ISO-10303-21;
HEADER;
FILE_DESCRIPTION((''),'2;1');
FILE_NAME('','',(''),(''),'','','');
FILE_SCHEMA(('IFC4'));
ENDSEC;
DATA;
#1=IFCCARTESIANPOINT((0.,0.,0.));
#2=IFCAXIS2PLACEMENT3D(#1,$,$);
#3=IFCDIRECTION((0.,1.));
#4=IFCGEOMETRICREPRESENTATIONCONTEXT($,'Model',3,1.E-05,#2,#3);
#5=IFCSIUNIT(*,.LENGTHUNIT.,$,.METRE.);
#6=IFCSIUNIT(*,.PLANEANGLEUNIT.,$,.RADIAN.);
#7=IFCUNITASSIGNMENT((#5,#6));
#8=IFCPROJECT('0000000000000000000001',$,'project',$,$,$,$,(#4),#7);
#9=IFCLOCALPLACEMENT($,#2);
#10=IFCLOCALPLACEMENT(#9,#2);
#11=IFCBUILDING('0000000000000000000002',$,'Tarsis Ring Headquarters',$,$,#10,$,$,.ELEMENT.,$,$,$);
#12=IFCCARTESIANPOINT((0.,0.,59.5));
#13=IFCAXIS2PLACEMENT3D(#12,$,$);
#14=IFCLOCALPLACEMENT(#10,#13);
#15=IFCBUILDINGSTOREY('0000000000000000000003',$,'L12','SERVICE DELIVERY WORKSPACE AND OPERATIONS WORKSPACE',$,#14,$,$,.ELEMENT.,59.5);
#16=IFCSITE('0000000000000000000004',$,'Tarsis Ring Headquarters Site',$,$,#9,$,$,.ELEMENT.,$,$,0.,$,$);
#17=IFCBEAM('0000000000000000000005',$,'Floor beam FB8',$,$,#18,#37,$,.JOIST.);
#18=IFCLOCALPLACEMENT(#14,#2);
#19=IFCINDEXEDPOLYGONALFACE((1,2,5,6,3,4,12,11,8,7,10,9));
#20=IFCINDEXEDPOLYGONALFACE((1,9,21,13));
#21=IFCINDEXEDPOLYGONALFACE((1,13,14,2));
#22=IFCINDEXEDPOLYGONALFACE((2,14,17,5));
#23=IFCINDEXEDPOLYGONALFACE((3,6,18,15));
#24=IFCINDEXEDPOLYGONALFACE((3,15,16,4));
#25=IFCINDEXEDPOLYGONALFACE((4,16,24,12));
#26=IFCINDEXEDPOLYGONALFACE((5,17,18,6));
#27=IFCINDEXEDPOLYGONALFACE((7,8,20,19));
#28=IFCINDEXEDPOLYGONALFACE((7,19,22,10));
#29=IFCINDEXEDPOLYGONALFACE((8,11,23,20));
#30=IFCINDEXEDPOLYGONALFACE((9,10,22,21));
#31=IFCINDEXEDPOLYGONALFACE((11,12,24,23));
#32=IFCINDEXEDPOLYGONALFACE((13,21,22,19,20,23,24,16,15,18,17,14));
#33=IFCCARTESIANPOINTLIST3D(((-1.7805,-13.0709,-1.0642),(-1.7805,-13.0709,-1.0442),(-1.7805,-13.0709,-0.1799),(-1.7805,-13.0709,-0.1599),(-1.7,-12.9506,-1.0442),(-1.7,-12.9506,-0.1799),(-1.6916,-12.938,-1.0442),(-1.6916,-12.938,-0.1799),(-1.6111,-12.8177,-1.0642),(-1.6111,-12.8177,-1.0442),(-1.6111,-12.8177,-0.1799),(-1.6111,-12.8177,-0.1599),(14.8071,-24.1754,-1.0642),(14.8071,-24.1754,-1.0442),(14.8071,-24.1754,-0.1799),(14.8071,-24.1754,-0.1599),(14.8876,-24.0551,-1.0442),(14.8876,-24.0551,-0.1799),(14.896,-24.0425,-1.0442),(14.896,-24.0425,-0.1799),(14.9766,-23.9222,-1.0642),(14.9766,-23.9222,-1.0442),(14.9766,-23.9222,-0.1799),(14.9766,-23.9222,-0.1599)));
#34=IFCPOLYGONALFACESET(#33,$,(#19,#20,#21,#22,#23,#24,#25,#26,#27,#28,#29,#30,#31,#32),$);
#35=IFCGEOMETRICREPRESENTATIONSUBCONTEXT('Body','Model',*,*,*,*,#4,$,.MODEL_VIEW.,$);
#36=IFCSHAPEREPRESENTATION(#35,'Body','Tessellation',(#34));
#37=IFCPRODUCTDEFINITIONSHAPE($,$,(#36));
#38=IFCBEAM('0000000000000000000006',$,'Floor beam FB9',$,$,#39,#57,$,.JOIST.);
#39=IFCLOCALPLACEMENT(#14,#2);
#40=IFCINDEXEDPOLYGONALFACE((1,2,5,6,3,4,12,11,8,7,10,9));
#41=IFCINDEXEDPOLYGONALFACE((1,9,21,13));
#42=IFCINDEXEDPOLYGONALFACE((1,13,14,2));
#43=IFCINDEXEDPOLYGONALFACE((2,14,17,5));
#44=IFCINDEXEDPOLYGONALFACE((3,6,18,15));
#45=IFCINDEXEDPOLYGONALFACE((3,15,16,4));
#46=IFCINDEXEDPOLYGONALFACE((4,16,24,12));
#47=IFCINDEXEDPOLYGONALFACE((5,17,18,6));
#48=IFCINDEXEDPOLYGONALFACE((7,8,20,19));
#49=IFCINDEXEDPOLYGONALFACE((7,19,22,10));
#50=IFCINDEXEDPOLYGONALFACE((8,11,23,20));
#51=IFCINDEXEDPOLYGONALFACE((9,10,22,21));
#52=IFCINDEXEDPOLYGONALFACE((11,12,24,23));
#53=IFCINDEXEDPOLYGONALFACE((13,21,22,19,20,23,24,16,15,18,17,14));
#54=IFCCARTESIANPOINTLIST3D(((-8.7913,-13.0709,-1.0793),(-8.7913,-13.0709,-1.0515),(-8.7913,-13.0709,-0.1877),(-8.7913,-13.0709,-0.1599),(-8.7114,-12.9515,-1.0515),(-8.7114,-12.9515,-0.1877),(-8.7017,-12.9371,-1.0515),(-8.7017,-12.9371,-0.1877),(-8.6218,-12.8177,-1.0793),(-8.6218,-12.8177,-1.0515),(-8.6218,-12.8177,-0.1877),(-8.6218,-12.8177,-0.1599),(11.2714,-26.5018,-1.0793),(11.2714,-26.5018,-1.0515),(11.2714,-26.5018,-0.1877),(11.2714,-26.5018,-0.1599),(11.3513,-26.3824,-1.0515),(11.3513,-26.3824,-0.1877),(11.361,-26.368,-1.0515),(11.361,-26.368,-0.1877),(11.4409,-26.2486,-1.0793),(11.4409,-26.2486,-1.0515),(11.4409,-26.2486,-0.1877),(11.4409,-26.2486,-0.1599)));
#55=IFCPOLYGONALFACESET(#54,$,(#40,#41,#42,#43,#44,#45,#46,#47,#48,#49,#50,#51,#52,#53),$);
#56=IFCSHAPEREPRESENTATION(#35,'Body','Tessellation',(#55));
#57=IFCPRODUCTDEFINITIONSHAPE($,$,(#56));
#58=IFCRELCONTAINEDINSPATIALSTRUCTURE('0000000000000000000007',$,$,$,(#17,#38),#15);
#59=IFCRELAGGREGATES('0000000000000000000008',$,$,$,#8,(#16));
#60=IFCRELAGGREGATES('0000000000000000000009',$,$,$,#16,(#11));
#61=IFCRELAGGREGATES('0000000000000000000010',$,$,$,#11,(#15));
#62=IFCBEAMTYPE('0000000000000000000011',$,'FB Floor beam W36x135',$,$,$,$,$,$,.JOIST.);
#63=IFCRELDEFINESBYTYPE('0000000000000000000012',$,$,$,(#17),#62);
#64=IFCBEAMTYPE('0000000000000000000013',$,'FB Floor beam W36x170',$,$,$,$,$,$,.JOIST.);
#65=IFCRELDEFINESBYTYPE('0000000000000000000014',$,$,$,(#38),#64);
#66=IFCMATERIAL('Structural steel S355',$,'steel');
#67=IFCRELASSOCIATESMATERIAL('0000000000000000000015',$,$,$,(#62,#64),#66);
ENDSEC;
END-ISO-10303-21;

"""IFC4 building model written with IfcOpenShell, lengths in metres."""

from ifc_helpers import new_model, si_unit, direction, frame, origin, origin_2d, place, context, subcontext, project, spatial, i_section, extrude, material, material_profile, profile_set, type_object, element, save


model = new_model("IFC4")

# Units and contexts
model_context = context("Model", 3, precision=1e-05, world=origin(), true_north=direction((0.0, 1.0)))
body_context = subcontext(model_context, "Body", "Model", "MODEL_VIEW")
ifc_project = project(units=[si_unit("LENGTHUNIT", "METRE"), si_unit("PLANEANGLEUNIT", "RADIAN")], contexts=[model_context])

# Site, building, storey
site_placement = place(None, origin())
site = spatial("IfcSite", under=ifc_project, at=site_placement, Name="Tarsis Ring Headquarters Site", CompositionType="ELEMENT", RefElevation=0.0)
building_placement = place(site_placement, origin())
building = spatial("IfcBuilding", under=site, at=building_placement, Name="Tarsis Ring Headquarters", CompositionType="ELEMENT")
storey_placement = place(building_placement, frame((0.0, 0.0, 59.5)))
storey = spatial("IfcBuildingStorey", under=building, at=storey_placement, Name="L12", Description="SERVICE DELIVERY WORKSPACE AND OPERATIONS WORKSPACE", CompositionType="ELEMENT", Elevation=59.5)

# Beams
ifc_material_1 = material(Name="Structural steel S355", Category="steel")
ifc_material_profile_1 = material_profile(ifc_material_1, i_section(OverallWidth=0.3047, OverallDepth=0.9043, WebThickness=0.0151, FlangeThickness=0.02, at=origin_2d()), Name="W36x135")
ifc_profile_set_1 = profile_set([ifc_material_profile_1], Name="Structural steel S355")
beam_type_1 = type_object("IfcBeamType", Name="FB Floor beam W36x135", PredefinedType="JOIST", material=ifc_profile_set_1)
beam_1_placement = place(storey_placement, frame((-1.6958, -12.9443, -0.6121), z_axis=(0.830984, -0.556297, 0.0), x_axis=(0.556297, 0.830984, 0.0)))
element("IfcBeam", 1, at=beam_1_placement, inside=storey, type_object=beam_type_1, Name="Floor beam FB8", PredefinedType="JOIST", context=body_context, shape_type="SweptSolid", body=[
    extrude(i_section(OverallWidth=0.3047, OverallDepth=0.9043, WebThickness=0.0151, FlangeThickness=0.02, at=origin_2d()), origin(), (0.0, 0.0, 1.0), 19.9614),
])
ifc_material_profile_2 = material_profile(ifc_material_1, i_section(OverallWidth=0.3047, OverallDepth=0.9194, WebThickness=0.0173, FlangeThickness=0.0278, at=origin_2d()), Name="W36x170")
ifc_profile_set_2 = profile_set([ifc_material_profile_2], Name="Structural steel S355")
beam_type_2 = type_object("IfcBeamType", Name="FB Floor beam W36x170", PredefinedType="JOIST", material=ifc_profile_set_2)
beam_2_placement = place(storey_placement, frame((-8.7065, -12.9443, -0.6196), z_axis=(0.830983, -0.556298, 0.0), x_axis=(0.556298, 0.830983, 0.0)))
element("IfcBeam", 2, at=beam_2_placement, inside=storey, type_object=beam_type_2, Name="Floor beam FB9", PredefinedType="JOIST", context=body_context, shape_type="SweptSolid", body=[
    extrude(i_section(OverallWidth=0.3047, OverallDepth=0.9194, WebThickness=0.0173, FlangeThickness=0.0278, at=origin_2d()), origin(), (0.0, 0.0, 1.0), 24.1433),
])

save(model, "model.ifc")
